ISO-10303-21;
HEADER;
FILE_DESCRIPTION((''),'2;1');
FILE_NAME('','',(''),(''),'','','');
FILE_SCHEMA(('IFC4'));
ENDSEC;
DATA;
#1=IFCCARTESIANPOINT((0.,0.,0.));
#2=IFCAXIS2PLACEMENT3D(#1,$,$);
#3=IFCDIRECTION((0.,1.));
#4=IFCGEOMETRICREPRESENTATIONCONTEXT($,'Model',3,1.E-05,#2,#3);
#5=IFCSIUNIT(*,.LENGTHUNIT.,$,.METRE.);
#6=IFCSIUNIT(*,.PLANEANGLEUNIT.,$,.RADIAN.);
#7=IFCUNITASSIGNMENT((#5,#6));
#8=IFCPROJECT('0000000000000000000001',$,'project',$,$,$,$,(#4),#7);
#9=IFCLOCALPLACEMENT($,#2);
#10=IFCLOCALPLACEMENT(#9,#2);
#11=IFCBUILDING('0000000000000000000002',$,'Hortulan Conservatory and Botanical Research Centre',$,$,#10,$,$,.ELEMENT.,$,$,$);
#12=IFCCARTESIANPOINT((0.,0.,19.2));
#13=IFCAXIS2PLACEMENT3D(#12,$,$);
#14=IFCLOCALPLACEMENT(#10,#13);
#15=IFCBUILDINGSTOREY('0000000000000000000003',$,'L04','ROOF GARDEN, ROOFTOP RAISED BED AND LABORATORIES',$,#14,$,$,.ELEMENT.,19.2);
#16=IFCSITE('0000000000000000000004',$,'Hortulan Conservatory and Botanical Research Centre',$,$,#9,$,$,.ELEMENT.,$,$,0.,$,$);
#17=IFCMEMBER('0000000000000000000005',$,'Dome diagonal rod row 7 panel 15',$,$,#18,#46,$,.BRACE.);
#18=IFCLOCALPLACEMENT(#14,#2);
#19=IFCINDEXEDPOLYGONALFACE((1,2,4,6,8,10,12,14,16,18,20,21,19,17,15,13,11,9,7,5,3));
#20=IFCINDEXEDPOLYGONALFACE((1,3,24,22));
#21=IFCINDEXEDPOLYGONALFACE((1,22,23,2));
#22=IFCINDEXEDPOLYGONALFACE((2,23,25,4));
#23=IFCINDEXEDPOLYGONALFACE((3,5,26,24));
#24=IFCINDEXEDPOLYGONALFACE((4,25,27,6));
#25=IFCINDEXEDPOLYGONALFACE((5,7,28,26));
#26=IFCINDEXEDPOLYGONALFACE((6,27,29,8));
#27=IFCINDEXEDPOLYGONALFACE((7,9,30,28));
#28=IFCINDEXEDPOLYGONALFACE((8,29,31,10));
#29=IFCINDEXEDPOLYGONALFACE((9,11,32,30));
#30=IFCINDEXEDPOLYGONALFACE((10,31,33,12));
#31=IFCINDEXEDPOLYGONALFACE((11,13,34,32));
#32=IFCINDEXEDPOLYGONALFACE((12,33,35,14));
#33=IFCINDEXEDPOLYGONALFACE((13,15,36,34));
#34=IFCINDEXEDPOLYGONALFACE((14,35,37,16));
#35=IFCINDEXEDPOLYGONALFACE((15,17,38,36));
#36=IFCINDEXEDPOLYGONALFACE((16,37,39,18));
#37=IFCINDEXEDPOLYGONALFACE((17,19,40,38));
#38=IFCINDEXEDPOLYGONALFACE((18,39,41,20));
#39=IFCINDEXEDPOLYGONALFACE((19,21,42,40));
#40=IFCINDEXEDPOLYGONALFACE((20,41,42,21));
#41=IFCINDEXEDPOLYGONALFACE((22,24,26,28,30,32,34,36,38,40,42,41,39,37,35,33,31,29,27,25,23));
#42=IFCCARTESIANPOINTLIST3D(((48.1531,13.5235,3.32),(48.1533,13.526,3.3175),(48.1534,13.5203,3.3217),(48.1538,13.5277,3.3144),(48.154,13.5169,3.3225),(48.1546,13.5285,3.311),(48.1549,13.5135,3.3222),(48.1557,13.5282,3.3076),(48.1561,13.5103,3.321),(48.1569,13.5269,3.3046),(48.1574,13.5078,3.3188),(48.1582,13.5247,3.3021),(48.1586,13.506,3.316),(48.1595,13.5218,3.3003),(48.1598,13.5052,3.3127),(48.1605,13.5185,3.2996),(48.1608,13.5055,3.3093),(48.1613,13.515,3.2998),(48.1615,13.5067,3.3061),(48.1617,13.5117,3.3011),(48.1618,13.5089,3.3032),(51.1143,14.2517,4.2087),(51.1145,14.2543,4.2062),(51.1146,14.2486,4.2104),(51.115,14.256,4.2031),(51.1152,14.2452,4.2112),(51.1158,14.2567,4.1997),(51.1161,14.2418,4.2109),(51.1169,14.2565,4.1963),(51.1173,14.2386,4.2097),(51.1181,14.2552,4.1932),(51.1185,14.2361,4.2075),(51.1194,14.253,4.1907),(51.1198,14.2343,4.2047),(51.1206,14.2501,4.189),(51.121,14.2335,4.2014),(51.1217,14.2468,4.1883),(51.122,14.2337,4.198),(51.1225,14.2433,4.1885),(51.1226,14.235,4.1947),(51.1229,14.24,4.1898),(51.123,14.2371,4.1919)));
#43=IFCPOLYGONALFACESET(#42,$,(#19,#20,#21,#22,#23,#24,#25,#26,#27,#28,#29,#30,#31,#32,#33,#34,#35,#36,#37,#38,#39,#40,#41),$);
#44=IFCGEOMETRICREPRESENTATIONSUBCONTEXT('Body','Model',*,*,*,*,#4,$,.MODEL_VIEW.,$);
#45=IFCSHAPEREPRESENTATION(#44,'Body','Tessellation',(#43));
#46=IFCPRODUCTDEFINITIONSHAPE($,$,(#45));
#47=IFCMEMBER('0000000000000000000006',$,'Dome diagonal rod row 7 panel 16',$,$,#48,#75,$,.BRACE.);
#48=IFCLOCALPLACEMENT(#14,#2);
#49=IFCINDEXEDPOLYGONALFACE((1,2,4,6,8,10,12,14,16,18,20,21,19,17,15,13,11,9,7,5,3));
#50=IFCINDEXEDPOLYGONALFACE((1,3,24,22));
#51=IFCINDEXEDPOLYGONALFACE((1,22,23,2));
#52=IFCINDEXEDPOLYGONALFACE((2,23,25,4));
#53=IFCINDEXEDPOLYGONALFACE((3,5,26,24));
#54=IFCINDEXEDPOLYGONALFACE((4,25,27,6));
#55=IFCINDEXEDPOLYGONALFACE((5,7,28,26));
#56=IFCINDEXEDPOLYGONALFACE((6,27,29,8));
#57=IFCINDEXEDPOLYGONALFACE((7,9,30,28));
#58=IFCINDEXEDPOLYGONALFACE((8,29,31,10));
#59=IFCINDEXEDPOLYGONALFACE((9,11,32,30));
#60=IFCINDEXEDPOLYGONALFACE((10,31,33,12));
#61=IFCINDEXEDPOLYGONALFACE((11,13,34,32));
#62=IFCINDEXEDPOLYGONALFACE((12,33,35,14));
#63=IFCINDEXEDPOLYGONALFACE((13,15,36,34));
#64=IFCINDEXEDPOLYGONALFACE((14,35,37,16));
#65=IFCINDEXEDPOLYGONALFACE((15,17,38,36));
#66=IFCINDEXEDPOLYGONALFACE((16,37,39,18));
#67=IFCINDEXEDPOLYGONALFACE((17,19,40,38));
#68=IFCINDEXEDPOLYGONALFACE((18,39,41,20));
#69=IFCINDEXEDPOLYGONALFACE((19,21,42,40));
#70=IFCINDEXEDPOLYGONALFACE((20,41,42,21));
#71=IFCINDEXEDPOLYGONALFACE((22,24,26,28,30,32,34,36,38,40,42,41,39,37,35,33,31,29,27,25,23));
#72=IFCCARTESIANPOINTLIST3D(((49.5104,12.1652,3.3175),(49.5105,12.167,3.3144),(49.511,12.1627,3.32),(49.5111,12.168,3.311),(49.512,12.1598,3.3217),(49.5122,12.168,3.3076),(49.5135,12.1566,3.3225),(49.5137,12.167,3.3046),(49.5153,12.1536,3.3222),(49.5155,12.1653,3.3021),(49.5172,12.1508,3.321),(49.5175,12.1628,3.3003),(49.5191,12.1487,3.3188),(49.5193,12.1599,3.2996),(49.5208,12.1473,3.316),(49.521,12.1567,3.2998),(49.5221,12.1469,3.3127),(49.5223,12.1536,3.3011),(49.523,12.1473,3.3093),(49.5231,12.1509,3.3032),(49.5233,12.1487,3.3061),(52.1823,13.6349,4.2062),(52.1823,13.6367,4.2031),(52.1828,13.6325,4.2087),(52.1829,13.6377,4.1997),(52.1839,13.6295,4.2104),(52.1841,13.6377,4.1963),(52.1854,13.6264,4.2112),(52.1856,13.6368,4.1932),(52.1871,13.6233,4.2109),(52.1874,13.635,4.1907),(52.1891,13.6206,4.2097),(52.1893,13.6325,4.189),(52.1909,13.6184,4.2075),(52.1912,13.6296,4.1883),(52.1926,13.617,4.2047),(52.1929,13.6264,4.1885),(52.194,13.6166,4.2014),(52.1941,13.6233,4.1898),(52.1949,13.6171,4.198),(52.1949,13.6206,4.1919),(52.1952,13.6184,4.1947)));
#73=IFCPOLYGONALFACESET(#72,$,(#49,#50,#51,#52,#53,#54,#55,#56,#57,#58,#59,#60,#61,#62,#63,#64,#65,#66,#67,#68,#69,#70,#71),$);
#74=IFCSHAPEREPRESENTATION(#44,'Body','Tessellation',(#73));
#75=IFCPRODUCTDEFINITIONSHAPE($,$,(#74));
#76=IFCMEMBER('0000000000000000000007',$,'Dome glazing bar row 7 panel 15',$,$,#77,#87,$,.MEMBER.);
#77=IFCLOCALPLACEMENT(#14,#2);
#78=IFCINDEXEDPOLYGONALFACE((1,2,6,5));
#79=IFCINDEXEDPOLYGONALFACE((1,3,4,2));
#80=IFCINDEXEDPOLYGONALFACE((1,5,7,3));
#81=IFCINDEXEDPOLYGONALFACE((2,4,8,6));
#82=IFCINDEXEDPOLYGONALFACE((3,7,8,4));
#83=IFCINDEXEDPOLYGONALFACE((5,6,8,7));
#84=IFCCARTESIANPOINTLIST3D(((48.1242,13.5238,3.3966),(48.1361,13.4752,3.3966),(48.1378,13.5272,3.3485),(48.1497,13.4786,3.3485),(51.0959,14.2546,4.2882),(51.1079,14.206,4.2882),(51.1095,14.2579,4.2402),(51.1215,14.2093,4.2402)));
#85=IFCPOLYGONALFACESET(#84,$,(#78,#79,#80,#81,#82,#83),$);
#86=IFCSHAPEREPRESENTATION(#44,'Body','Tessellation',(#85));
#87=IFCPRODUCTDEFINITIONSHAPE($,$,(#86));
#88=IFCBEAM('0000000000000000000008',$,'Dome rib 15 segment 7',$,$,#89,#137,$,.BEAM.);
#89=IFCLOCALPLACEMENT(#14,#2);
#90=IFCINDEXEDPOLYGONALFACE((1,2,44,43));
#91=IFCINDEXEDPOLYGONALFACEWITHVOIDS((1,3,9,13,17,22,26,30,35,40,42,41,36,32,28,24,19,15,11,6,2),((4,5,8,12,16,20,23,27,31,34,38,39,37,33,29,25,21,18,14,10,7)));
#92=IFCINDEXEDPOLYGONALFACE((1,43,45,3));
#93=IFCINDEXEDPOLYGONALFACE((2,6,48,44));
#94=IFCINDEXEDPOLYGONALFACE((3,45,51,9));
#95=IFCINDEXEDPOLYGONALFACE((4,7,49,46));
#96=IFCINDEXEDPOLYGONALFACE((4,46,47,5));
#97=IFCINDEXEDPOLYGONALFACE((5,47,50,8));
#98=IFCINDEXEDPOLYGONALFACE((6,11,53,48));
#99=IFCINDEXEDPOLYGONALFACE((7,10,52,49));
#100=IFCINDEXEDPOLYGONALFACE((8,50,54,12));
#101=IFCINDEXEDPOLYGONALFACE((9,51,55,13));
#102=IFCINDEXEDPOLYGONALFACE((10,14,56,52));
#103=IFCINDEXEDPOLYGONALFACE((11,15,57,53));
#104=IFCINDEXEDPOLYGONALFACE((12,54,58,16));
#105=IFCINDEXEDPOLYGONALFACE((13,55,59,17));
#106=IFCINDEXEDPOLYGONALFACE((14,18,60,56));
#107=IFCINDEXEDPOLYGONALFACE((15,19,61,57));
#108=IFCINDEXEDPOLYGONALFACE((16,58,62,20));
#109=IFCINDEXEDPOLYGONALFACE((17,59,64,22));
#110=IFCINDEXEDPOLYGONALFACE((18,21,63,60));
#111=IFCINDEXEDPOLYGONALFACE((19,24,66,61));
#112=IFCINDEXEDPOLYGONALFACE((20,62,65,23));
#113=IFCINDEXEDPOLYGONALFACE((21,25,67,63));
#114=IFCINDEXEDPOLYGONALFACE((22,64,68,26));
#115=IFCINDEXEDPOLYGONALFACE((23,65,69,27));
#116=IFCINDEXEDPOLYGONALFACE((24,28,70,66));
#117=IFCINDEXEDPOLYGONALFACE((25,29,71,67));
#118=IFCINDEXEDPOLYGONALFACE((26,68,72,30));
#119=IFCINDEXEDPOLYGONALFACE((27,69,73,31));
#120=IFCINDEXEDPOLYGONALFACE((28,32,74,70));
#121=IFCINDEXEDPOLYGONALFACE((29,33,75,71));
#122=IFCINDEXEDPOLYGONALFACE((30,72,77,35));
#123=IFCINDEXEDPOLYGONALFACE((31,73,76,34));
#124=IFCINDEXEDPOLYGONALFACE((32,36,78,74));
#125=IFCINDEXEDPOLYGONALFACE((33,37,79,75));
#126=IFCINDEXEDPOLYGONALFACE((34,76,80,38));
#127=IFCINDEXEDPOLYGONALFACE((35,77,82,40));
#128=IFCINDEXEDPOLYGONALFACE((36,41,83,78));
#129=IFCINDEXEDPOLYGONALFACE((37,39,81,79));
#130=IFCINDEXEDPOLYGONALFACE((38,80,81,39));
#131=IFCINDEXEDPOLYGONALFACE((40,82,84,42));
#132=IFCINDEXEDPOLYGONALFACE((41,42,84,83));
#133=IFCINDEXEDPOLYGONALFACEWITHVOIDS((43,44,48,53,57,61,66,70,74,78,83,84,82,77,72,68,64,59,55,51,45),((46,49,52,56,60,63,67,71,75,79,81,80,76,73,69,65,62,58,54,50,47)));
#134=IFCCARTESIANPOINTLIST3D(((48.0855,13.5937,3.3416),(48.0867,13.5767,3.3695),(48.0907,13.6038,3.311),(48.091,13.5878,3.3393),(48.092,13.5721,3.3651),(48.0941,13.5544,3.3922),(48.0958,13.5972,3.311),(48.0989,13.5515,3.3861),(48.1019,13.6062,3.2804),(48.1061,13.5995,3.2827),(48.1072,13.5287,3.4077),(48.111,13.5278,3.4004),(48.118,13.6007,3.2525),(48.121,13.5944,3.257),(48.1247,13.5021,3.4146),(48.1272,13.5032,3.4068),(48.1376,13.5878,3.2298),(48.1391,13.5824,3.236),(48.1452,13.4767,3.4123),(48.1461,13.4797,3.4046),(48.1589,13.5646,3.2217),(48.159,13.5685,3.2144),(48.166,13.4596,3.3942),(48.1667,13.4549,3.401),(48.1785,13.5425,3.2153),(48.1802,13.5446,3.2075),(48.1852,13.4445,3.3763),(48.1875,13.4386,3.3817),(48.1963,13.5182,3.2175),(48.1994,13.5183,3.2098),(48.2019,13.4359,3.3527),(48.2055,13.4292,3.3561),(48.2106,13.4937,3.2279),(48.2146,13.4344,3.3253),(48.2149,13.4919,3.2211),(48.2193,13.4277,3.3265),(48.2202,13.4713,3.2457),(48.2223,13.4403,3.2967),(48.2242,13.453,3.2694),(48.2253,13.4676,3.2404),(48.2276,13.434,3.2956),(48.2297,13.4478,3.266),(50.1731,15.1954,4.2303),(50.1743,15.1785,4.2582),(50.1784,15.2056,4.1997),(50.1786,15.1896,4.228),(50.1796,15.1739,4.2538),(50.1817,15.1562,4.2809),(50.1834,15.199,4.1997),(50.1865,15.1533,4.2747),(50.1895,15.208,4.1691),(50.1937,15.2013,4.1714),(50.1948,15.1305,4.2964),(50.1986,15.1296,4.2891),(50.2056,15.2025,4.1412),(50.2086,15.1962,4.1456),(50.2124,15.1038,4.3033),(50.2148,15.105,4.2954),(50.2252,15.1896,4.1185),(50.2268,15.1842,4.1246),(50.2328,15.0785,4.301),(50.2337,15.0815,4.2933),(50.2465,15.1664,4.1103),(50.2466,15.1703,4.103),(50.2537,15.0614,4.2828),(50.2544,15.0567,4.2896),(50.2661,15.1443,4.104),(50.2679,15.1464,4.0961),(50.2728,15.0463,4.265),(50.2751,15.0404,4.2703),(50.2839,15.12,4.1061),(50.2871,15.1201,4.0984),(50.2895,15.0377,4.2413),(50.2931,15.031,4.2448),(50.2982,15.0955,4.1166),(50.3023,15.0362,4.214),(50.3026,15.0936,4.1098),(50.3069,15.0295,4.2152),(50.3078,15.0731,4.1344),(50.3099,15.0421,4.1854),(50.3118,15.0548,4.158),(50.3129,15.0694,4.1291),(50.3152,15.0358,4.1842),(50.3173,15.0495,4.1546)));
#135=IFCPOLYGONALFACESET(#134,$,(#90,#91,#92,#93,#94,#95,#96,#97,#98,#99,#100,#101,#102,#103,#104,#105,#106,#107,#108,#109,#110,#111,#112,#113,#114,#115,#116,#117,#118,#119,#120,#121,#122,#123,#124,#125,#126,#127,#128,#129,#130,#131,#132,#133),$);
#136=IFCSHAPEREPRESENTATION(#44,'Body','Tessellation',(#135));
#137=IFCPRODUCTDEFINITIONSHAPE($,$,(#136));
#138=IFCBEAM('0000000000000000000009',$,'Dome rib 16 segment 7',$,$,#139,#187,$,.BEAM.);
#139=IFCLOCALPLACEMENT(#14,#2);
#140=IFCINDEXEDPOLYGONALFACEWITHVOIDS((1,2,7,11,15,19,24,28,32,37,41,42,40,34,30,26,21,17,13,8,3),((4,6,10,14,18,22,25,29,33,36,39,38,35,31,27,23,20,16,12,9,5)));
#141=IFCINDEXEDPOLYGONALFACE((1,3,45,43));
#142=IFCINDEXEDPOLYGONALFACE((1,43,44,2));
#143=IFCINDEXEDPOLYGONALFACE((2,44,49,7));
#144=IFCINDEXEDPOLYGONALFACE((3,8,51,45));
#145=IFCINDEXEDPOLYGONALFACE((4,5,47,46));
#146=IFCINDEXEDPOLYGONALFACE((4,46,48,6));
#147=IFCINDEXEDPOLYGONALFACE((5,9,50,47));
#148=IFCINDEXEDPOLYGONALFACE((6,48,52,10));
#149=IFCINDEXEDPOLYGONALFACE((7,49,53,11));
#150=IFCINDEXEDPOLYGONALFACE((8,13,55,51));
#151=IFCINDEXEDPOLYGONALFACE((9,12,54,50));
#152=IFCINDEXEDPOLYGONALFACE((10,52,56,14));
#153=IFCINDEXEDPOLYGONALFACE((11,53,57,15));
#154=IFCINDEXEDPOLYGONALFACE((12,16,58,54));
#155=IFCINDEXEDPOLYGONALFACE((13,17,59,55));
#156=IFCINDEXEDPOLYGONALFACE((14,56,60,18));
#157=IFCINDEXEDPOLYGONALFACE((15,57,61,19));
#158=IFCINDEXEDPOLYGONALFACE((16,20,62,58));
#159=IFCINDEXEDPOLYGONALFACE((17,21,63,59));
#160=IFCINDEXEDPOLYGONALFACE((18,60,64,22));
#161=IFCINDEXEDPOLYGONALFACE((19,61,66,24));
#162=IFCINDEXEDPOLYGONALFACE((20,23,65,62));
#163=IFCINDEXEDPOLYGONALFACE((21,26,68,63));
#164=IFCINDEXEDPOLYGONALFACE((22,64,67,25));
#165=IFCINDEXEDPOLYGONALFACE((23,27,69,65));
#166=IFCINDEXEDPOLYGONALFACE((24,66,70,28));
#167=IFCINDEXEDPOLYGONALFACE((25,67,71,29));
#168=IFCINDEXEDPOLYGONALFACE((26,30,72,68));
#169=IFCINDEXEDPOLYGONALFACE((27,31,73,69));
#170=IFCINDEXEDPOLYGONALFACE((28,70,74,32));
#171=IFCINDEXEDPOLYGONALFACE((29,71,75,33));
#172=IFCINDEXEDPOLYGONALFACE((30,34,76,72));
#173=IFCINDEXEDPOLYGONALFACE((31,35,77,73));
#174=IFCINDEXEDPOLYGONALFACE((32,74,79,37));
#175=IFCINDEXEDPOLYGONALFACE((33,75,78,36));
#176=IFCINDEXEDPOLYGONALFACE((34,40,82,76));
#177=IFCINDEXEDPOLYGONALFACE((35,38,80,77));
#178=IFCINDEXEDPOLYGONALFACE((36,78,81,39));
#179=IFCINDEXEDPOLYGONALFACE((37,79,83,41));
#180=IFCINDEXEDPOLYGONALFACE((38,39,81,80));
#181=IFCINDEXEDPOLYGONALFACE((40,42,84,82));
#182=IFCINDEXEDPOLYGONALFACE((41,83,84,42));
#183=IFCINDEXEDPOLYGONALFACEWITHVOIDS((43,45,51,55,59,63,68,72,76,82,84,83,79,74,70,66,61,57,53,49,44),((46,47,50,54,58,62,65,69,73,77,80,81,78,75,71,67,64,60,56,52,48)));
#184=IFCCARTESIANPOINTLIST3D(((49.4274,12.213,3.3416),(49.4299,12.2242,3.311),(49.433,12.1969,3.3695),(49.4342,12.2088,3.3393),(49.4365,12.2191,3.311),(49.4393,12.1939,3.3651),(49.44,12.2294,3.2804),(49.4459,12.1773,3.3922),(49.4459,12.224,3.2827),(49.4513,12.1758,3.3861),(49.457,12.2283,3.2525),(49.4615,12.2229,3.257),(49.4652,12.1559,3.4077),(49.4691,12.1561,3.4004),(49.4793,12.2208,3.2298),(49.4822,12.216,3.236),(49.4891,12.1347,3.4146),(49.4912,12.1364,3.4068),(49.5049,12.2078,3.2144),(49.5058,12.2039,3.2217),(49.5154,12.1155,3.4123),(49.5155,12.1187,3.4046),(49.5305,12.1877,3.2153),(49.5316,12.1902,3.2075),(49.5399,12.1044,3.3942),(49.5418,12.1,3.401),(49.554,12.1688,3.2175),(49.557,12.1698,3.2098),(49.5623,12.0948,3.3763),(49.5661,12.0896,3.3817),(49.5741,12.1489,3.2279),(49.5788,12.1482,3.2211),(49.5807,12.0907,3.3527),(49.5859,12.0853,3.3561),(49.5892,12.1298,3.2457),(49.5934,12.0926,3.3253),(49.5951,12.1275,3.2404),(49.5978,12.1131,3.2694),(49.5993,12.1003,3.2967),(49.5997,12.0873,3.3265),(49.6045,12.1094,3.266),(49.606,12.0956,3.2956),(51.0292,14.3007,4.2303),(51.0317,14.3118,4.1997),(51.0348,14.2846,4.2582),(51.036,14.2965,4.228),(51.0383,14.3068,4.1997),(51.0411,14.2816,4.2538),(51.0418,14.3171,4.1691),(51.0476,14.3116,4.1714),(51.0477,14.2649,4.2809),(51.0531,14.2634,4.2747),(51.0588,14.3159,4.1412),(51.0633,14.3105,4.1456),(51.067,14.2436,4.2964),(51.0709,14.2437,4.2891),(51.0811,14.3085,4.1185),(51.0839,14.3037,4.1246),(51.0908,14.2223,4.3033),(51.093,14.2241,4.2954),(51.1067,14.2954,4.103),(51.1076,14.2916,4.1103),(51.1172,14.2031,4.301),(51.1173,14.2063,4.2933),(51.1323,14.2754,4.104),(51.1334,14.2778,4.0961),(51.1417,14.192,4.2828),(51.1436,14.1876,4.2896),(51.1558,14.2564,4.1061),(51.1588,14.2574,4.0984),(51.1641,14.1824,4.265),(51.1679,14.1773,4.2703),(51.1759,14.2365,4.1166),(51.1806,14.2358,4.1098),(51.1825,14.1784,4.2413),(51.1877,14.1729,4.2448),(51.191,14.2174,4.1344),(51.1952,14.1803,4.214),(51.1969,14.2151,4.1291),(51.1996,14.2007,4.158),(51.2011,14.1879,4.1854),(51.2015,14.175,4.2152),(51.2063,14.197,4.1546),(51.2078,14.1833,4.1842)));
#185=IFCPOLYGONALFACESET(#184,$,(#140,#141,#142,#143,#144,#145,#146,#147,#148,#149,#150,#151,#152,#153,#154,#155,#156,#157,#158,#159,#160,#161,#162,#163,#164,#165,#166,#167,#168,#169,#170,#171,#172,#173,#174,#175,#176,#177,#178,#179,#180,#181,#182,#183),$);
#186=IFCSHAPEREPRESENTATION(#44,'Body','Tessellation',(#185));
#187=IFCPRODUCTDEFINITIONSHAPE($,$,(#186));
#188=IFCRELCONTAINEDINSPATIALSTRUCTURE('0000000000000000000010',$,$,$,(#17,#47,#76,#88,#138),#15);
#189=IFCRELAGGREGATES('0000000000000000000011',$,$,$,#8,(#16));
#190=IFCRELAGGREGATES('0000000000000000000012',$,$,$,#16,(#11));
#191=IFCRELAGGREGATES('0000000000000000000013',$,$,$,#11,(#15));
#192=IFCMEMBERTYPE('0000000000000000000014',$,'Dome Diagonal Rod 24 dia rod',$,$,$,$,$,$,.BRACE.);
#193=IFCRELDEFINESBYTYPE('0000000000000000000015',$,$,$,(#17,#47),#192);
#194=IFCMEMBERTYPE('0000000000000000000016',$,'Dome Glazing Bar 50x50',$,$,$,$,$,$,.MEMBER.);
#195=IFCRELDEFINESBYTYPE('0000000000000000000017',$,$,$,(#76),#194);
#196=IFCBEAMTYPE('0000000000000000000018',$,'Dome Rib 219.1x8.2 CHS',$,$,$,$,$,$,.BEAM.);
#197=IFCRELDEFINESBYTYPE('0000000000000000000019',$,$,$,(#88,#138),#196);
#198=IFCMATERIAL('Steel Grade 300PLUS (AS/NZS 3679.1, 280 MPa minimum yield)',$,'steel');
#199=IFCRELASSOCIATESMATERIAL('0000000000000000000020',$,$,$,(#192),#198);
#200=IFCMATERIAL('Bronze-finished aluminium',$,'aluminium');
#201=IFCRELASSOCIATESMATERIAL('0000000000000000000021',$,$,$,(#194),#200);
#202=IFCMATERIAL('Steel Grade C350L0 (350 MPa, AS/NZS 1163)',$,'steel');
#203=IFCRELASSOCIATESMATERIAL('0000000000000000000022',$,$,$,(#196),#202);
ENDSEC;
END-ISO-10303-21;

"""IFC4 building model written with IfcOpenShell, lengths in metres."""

from ifc_helpers import new_model, si_unit, direction, frame, origin, origin_2d, place, context, subcontext, project, spatial, rectangle, circle, hollow_circle, extrude, material, material_profile, profile_set, type_object, element, save


model = new_model("IFC4")

# Units and contexts
model_context = context("Model", 3, precision=1e-05, world=origin(), true_north=direction((0.0, 1.0)))
body_context = subcontext(model_context, "Body", "Model", "MODEL_VIEW")
ifc_project = project(units=[si_unit("LENGTHUNIT", "METRE"), si_unit("PLANEANGLEUNIT", "RADIAN")], contexts=[model_context])

# Site, building, storey
site_placement = place(None, origin())
site = spatial("IfcSite", under=ifc_project, at=site_placement, Name="Hortulan Conservatory and Botanical Research Centre", CompositionType="ELEMENT", RefElevation=0.0)
building_placement = place(site_placement, origin())
building = spatial("IfcBuilding", under=site, at=building_placement, Name="Hortulan Conservatory and Botanical Research Centre", CompositionType="ELEMENT")
storey_placement = place(building_placement, frame((0.0, 0.0, 19.2)))
storey = spatial("IfcBuildingStorey", under=building, at=storey_placement, Name="L04", Description="ROOF GARDEN, ROOFTOP RAISED BED AND LABORATORIES", CompositionType="ELEMENT", Elevation=19.2)

# Members
ifc_material_1 = material(Name="Steel Grade 300PLUS (AS/NZS 3679.1, 280 MPa minimum yield)", Category="steel")
ifc_material_profile_1 = material_profile(ifc_material_1, circle(Radius=0.012, at=origin_2d()), Name="24 dia rod")
ifc_profile_set_1 = profile_set([ifc_material_profile_1], Name="Steel Grade 300PLUS (AS/NZS 3679.1, 280 MPa minimum yield)")
member_type_1 = type_object("IfcMemberType", Name="Dome Diagonal Rod 24 dia rod", PredefinedType="BRACE", material=ifc_profile_set_1)
for number, where, z_axis, x_axis, name in (
    (1, (48.1575, 13.5168, 3.311), (0.932282, 0.229285, 0.279784), (-0.238823, 0.971063, 0.0), "Dome diagonal rod row 7 panel 15"),
    (2, (49.5168, 12.1575, 3.311), (0.841197, 0.46272, 0.279784), (-0.481968, 0.876189, 0.0), "Dome diagonal rod row 7 panel 16"),
):
    element("IfcMember", number, at=place(storey_placement, frame(where, z_axis=z_axis, x_axis=x_axis)), inside=storey, type_object=member_type_1, Name=name, PredefinedType="BRACE", context=body_context, shape_type="SweptSolid", body=[
        extrude(circle(Radius=0.012, at=origin_2d()), origin(), (0.0, 0.0, 1.0), 3.1763),
    ])
ifc_material_2 = material(Name="Bronze-finished aluminium", Category="aluminium")
ifc_material_profile_2 = material_profile(ifc_material_2, rectangle(XDim=0.05, YDim=0.05, at=origin_2d()), Name="Square bar 50x50")
ifc_profile_set_2 = profile_set([ifc_material_profile_2], Name="Bronze-finished aluminium")
member_type_2 = type_object("IfcMemberType", Name="Dome Glazing Bar 50x50", PredefinedType="MEMBER", material=ifc_profile_set_2)
member_1_placement = place(storey_placement, frame((48.137, 13.5012, 3.3726), z_axis=(0.932309, 0.229248, 0.279723), x_axis=(-0.238779, 0.971074, 0.0)))
element("IfcMember", 3, at=member_1_placement, inside=storey, type_object=member_type_2, Name="Dome glazing bar row 7 panel 15", PredefinedType="MEMBER", context=body_context, shape_type="SweptSolid", body=[
    extrude(rectangle(XDim=0.05, YDim=0.05, at=origin_2d()), origin(), (0.0, 0.0, 1.0), 3.1875),
])

# Beams
ifc_material_3 = material(Name="Steel Grade C350L0 (350 MPa, AS/NZS 1163)", Category="steel")
ifc_material_profile_3 = material_profile(ifc_material_3, hollow_circle(Radius=0.1096, WallThickness=0.0083, at=origin_2d()), Name="219.1x8.2CHS")
ifc_profile_set_3 = profile_set([ifc_material_profile_3], Name="Steel Grade C350L0 (350 MPa, AS/NZS 1163)")
beam_type = type_object("IfcBeamType", Name="Dome Rib 219.1x8.2 CHS", PredefinedType="BEAM", material=ifc_profile_set_3)
for number, where, z_axis, x_axis, name in (
    (4, (48.1575, 13.5168, 3.311), (0.751663, 0.576735, 0.319969), (-0.608737, 0.793372, 0.0), "Dome rib 15 segment 7"),
    (5, (49.5168, 12.1575, 3.311), (0.576735, 0.751663, 0.319969), (-0.793372, 0.608737, 0.0), "Dome rib 16 segment 7"),
):
    element("IfcBeam", number, at=place(storey_placement, frame(where, z_axis=z_axis, x_axis=x_axis)), inside=storey, type_object=beam_type, Name=name, PredefinedType="BEAM", context=body_context, shape_type="SweptSolid", body=[
        extrude(hollow_circle(Radius=0.1096, WallThickness=0.0083, at=origin_2d()), origin(), (0.0, 0.0, 1.0), 2.7773),
    ])

save(model, "model.ifc")
